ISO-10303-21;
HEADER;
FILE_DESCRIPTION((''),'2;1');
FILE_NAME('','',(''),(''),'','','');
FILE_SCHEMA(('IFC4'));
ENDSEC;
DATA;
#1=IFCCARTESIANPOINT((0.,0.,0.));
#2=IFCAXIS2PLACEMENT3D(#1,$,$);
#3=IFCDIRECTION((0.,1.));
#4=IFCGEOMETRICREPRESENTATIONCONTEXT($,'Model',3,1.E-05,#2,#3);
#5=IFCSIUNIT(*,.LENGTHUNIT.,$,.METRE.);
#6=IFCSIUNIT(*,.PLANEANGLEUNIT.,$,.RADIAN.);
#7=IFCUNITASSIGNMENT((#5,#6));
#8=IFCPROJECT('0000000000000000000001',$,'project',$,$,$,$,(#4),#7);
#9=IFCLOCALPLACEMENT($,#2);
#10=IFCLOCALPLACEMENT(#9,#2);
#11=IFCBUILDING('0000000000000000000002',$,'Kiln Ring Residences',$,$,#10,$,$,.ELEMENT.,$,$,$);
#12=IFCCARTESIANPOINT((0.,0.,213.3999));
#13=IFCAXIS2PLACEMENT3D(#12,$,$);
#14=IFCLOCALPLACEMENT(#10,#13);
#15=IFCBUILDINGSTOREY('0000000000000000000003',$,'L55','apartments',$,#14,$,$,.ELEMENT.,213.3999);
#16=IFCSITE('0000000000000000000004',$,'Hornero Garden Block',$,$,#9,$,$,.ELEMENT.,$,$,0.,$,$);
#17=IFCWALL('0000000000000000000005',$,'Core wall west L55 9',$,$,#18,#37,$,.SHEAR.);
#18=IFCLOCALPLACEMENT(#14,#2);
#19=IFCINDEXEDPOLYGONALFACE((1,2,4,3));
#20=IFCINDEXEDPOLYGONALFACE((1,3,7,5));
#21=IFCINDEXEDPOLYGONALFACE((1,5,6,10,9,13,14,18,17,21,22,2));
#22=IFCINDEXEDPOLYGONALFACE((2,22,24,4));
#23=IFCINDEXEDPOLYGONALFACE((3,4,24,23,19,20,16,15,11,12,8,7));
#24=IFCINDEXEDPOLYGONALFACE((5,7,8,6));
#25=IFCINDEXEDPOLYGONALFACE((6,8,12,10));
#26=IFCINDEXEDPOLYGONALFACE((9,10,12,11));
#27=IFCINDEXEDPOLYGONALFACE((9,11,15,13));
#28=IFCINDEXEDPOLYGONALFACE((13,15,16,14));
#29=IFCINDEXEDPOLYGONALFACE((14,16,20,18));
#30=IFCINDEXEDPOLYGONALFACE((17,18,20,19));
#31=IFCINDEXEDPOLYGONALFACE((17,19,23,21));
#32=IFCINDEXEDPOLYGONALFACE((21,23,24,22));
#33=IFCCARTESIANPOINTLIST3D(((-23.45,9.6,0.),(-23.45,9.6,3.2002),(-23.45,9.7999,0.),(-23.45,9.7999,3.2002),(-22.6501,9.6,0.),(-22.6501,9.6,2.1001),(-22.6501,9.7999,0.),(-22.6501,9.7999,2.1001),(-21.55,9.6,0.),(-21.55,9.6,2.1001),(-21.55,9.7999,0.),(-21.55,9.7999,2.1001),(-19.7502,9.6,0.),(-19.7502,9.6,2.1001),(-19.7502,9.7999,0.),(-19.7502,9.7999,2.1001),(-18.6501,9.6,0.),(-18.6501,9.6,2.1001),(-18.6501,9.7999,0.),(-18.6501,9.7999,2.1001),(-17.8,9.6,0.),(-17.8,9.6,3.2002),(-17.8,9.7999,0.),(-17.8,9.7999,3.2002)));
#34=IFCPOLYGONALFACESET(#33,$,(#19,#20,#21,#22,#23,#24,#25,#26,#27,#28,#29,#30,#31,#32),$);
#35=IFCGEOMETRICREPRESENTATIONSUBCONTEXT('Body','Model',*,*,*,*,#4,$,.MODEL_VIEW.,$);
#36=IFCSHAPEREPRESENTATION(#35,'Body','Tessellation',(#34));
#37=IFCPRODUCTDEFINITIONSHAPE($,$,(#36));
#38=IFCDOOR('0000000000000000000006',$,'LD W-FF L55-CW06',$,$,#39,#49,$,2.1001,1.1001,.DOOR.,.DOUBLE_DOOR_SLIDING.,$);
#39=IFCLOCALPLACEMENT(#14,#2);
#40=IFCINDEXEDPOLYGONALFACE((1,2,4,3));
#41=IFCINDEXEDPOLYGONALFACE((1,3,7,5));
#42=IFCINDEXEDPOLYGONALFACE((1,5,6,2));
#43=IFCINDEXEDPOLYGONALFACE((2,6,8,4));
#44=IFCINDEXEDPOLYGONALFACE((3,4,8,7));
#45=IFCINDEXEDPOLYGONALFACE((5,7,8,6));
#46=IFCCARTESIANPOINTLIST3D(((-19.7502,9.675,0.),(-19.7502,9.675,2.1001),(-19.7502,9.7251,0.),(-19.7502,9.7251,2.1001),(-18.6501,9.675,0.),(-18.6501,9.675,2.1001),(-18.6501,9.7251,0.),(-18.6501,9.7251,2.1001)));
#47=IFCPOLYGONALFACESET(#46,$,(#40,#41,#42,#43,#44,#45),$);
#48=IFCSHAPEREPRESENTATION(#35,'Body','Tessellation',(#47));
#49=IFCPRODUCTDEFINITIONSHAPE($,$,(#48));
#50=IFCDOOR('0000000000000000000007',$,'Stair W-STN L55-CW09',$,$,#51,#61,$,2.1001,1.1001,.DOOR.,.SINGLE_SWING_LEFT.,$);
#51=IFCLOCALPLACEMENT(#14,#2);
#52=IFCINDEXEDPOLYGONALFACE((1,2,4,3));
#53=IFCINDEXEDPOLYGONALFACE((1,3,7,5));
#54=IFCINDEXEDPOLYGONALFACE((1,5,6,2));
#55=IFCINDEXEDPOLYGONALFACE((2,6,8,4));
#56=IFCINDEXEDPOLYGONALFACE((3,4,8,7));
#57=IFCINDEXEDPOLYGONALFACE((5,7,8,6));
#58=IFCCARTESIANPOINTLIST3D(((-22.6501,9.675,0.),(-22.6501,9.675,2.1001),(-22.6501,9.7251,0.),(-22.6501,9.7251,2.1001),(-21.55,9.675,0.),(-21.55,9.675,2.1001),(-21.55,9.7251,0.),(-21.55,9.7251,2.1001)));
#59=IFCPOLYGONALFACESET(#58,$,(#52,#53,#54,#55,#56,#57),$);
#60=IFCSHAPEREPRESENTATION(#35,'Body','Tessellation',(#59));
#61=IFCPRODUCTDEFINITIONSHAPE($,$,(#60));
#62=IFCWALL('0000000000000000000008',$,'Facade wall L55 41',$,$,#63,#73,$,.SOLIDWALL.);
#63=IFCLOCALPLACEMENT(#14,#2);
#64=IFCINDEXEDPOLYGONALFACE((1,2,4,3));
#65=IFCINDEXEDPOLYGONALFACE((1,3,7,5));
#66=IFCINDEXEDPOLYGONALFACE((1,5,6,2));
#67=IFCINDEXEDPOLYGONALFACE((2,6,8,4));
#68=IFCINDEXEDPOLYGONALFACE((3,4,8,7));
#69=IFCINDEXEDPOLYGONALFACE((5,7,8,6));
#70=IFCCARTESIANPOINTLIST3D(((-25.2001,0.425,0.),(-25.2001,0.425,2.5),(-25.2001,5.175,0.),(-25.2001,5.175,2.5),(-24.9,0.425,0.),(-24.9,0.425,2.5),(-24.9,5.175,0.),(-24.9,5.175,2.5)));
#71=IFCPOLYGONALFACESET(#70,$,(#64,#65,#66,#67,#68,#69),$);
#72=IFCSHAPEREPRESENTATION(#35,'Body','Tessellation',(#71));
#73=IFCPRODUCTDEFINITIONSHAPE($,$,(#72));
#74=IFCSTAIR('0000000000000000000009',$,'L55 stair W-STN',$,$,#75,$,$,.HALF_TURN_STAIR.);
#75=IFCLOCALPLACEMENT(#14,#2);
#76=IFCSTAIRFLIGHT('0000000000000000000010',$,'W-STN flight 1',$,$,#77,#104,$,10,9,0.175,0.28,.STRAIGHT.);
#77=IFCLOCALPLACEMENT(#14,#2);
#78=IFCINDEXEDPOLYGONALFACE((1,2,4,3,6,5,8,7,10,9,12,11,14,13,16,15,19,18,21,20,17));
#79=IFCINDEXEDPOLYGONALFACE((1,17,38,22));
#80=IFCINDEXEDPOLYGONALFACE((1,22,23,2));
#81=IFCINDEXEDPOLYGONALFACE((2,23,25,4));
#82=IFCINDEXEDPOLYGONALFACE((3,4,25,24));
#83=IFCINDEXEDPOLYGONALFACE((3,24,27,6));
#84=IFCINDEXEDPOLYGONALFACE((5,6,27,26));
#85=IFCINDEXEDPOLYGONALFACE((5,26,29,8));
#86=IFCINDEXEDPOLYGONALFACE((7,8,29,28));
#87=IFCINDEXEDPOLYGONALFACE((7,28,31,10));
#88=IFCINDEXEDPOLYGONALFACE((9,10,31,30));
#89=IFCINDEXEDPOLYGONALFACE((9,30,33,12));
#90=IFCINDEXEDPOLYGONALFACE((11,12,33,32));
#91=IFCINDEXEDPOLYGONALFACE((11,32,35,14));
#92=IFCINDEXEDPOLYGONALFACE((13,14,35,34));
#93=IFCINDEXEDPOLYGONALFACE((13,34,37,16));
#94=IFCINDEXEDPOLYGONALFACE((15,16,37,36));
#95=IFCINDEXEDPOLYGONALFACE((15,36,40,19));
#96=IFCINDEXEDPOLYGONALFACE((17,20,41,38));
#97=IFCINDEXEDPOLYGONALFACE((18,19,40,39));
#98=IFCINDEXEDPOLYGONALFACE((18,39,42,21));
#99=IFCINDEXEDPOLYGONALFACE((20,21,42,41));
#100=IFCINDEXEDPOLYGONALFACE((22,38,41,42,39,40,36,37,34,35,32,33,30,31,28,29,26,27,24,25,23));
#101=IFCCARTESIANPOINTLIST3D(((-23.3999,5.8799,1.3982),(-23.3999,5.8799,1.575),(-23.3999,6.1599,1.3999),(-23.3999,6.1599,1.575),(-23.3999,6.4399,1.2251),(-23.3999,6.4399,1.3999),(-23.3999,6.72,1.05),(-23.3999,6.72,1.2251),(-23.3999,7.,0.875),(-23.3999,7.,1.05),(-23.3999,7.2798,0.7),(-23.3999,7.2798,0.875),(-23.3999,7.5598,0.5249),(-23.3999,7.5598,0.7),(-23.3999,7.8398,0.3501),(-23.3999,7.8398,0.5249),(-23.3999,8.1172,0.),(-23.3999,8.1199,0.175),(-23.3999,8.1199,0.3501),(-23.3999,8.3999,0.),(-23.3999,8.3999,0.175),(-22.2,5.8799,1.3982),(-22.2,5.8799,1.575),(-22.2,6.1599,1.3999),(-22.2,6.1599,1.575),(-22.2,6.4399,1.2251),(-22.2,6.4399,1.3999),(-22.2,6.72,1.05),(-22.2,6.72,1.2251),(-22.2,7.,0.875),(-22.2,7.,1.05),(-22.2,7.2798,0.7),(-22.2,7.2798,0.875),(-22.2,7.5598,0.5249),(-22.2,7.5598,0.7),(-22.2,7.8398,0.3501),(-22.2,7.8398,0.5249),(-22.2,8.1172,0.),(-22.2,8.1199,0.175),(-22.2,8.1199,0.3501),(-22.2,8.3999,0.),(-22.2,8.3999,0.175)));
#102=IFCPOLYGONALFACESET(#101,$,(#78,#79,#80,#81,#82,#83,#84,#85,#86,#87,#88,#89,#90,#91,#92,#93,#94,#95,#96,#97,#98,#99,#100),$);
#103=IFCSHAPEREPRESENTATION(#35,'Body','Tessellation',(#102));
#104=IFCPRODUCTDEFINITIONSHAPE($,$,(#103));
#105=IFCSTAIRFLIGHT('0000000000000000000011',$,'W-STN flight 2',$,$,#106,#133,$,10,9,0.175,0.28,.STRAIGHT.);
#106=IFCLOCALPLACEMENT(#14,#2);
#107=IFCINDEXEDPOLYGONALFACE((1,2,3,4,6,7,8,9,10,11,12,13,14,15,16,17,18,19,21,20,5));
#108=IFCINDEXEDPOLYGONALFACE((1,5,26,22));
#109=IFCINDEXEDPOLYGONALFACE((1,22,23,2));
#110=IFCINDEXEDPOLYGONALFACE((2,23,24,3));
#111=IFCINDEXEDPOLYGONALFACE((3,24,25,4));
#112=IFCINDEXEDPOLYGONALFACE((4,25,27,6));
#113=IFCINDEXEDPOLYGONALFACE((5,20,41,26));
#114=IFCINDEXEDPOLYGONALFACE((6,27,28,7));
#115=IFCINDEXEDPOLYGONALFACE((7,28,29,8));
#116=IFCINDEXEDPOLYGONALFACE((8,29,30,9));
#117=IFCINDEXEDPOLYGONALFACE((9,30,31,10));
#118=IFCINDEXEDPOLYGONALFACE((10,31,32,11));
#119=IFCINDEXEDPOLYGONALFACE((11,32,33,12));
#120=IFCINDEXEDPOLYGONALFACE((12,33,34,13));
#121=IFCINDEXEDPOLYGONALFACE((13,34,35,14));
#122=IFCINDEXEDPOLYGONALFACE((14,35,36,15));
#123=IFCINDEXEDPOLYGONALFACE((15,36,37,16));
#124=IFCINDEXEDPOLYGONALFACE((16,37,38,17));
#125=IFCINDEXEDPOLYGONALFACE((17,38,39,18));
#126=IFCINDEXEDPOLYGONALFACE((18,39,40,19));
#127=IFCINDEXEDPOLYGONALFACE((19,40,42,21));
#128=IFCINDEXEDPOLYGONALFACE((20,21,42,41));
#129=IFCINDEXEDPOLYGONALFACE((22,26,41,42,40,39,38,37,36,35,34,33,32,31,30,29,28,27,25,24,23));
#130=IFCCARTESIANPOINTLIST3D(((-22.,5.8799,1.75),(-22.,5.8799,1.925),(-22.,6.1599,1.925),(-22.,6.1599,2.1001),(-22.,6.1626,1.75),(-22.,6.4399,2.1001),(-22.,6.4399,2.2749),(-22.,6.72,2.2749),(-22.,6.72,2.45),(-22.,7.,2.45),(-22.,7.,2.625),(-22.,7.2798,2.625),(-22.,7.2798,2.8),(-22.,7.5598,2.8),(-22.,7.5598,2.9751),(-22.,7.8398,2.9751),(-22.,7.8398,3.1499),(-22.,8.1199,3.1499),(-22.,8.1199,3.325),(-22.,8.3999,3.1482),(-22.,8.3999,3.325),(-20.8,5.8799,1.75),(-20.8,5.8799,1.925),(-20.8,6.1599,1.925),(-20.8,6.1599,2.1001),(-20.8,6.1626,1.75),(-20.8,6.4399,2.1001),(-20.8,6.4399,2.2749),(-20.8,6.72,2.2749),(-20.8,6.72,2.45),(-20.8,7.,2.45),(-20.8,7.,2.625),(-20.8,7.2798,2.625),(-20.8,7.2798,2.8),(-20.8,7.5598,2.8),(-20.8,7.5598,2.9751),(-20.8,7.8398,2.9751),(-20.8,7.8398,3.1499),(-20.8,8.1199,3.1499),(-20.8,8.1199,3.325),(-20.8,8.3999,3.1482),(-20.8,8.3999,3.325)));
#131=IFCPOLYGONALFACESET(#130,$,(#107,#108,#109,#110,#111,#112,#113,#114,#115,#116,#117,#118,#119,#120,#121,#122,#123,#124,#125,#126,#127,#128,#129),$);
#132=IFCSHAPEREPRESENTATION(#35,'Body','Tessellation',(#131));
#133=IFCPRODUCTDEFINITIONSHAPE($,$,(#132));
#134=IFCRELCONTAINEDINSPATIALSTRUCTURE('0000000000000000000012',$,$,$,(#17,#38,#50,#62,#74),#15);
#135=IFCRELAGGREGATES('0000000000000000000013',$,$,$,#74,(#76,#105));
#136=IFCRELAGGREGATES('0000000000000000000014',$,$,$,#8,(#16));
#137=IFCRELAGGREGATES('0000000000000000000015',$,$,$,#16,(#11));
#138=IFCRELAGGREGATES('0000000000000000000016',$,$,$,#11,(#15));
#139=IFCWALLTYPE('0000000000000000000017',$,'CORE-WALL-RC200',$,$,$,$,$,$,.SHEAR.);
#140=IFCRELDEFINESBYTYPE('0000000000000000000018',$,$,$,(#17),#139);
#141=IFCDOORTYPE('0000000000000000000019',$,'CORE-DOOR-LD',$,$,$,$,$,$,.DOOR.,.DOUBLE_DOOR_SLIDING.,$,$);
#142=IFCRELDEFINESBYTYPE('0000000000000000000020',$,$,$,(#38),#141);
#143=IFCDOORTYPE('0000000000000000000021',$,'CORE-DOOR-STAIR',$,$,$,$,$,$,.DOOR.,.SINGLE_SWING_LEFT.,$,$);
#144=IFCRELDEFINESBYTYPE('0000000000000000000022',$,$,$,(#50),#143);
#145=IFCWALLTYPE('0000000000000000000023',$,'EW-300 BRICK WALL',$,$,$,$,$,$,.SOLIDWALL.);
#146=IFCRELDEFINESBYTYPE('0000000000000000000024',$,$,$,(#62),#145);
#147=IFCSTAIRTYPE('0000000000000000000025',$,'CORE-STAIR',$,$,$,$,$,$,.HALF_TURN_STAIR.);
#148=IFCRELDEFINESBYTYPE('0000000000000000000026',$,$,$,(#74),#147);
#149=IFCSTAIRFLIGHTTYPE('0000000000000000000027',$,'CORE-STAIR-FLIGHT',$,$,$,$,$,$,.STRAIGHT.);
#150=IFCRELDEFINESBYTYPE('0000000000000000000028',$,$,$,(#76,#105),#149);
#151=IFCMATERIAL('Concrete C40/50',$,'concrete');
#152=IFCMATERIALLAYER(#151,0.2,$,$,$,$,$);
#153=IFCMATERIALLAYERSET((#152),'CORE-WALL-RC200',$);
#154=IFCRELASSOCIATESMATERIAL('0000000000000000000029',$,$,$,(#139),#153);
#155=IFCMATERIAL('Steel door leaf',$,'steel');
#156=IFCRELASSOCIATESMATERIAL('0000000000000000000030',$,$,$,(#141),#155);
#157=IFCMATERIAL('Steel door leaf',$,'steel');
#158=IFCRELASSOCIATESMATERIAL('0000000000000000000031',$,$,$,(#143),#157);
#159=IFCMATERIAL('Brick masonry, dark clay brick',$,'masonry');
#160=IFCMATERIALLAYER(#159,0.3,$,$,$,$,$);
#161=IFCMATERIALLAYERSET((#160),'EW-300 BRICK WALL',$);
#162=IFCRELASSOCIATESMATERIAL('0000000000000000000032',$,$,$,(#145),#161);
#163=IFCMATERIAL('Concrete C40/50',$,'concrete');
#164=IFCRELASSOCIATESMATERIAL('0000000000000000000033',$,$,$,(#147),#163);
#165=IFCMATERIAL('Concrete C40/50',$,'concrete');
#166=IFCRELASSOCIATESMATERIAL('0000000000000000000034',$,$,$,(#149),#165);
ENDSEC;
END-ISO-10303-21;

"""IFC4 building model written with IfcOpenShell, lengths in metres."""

from ifc_helpers import new_model, si_unit, direction, frame, frame_2d, origin, place, context, subcontext, project, spatial, polyline, rectangle, outline, extrude, material, layer, layer_set, type_object, element, fill, aggregate, save


model = new_model("IFC4")

# Units and contexts
model_context = context("Model", 3, precision=1e-05, world=origin(), true_north=direction((0.0, 1.0)))
body_context = subcontext(model_context, "Body", "Model", "MODEL_VIEW")
ifc_project = project(units=[si_unit("LENGTHUNIT", "METRE"), si_unit("PLANEANGLEUNIT", "RADIAN")], contexts=[model_context])

# Site, building, storey
site_placement = place(None, origin())
site = spatial("IfcSite", under=ifc_project, at=site_placement, Name="Hornero Garden Block", CompositionType="ELEMENT", RefElevation=0.0)
building_placement = place(site_placement, origin())
building = spatial("IfcBuilding", under=site, at=building_placement, Name="Kiln Ring Residences", CompositionType="ELEMENT")
storey_placement = place(building_placement, frame((0.0, 0.0, 213.3999)))
storey = spatial("IfcBuildingStorey", under=building, at=storey_placement, Name="L55", Description="apartments", CompositionType="ELEMENT", Elevation=213.3999)

# Shared definitions
ifc_material_1 = material(Name="Concrete C40/50", Category="concrete")
ifc_layer_1 = layer(ifc_material_1, 0.2)
ifc_layer_set_1 = layer_set([ifc_layer_1], Name="CORE-WALL-RC200")
wall_type_1 = type_object("IfcWallType", Name="CORE-WALL-RC200", PredefinedType="SHEAR", material=ifc_layer_set_1)

# Wall, openings, doors
wall_1_placement = place(storey_placement, frame((-17.8, 9.7, 0.0), z_axis=(0.0, 0.0, 1.0), x_axis=(-1.0, 0.0, 0.0)))
wall_1 = element("IfcWall", 1, at=wall_1_placement, inside=storey, type_object=wall_type_1, Name="Core wall west L55 9", PredefinedType="SHEAR", context=body_context, shape_type="SweptSolid", body=[
    extrude(rectangle(XDim=5.6499, YDim=0.2, at=frame_2d((2.825, 0.0))), origin(), (0.0, 0.0, 1.0), 3.2002),
])
opening_1_placement = place(wall_1_placement, frame((0.8501, 0.0, 0.0)))
opening_1 = element("IfcOpeningElement", 2, at=opening_1_placement, cuts=wall_1, PredefinedType="OPENING", context=body_context, shape_type="SweptSolid", body=[
    extrude(rectangle(XDim=1.1001, YDim=2.1001, at=frame_2d((0.55, 1.05))), frame((0.0, 0.1099, 0.0), z_axis=(0.0, -1.0, 0.0), x_axis=(1.0, 0.0, 0.0)), (0.0, 0.0, 1.0), 0.22),
])
opening_2_placement = place(wall_1_placement, frame((3.75, 0.0, 0.0)))
opening_2 = element("IfcOpeningElement", 3, at=opening_2_placement, cuts=wall_1, PredefinedType="OPENING", context=body_context, shape_type="SweptSolid", body=[
    extrude(rectangle(XDim=1.1001, YDim=2.1001, at=frame_2d((0.55, 1.05))), frame((0.0, 0.1099, 0.0), z_axis=(0.0, -1.0, 0.0), x_axis=(1.0, 0.0, 0.0)), (0.0, 0.0, 1.0), 0.22),
])
ifc_material_2 = material(Name="Steel door leaf", Category="steel")
door_type_1 = type_object("IfcDoorType", Name="CORE-DOOR-LD", OperationType="DOUBLE_DOOR_SLIDING", PredefinedType="DOOR", material=ifc_material_2)
door_1_placement = place(opening_1_placement, origin())
door_1 = element("IfcDoor", 4, at=door_1_placement, inside=storey, type_object=door_type_1, Name="LD W-FF L55-CW06", OperationType="DOUBLE_DOOR_SLIDING", OverallHeight=2.1001, OverallWidth=1.1001, PredefinedType="DOOR", context=body_context, shape_type="SweptSolid", body=[
    extrude(rectangle(XDim=1.1001, YDim=2.1001, at=frame_2d((0.55, 1.05))), frame((0.0, 0.0249, 0.0), z_axis=(0.0, -1.0, 0.0), x_axis=(1.0, 0.0, 0.0)), (0.0, 0.0, 1.0), 0.05),
])
fill(opening_1, door_1)
ifc_material_3 = material(Name="Steel door leaf", Category="steel")
door_type_2 = type_object("IfcDoorType", Name="CORE-DOOR-STAIR", OperationType="SINGLE_SWING_LEFT", PredefinedType="DOOR", material=ifc_material_3)
door_2_placement = place(opening_2_placement, origin())
door_2 = element("IfcDoor", 5, at=door_2_placement, inside=storey, type_object=door_type_2, Name="Stair W-STN L55-CW09", OperationType="SINGLE_SWING_LEFT", OverallHeight=2.1001, OverallWidth=1.1001, PredefinedType="DOOR", context=body_context, shape_type="SweptSolid", body=[
    extrude(rectangle(XDim=1.1001, YDim=2.1001, at=frame_2d((0.55, 1.05))), frame((0.0, 0.0249, 0.0), z_axis=(0.0, -1.0, 0.0), x_axis=(1.0, 0.0, 0.0)), (0.0, 0.0, 1.0), 0.05),
])
fill(opening_2, door_2)

# Wall
ifc_material_4 = material(Name="Brick masonry, dark clay brick", Category="masonry")
ifc_layer_2 = layer(ifc_material_4, 0.3)
ifc_layer_set_2 = layer_set([ifc_layer_2], Name="EW-300 BRICK WALL")
wall_type_2 = type_object("IfcWallType", Name="EW-300 BRICK WALL", PredefinedType="SOLIDWALL", material=ifc_layer_set_2)
wall_2_placement = place(storey_placement, frame((-25.05, 5.175, 0.0), z_axis=(0.0, 0.0, 1.0), x_axis=(0.0, -1.0, 0.0)))
element("IfcWall", 6, at=wall_2_placement, inside=storey, type_object=wall_type_2, Name="Facade wall L55 41", PredefinedType="SOLIDWALL", context=body_context, shape_type="SweptSolid", body=[
    extrude(rectangle(XDim=4.75, YDim=0.3, at=frame_2d((2.375, 0.0))), origin(), (0.0, 0.0, 1.0), 2.5),
])

# Stair, stair flights
ifc_material_5 = material(Name="Concrete C40/50", Category="concrete")
stair_type = type_object("IfcStairType", Name="CORE-STAIR", PredefinedType="HALF_TURN_STAIR", material=ifc_material_5)
stair_placement = place(storey_placement, origin())
stair = element("IfcStair", 7, at=stair_placement, inside=storey, type_object=stair_type, Name="L55 stair W-STN", PredefinedType="HALF_TURN_STAIR")
ifc_material_6 = material(Name="Concrete C40/50", Category="concrete")
stair_flight_type = type_object("IfcStairFlightType", Name="CORE-STAIR-FLIGHT", PredefinedType="STRAIGHT", material=ifc_material_6)
stair_flight_1_placement = place(storey_placement, frame((-22.8, 8.3999, 0.0), z_axis=(0.0, 0.0, 1.0), x_axis=(0.0, -1.0, 0.0)))
stair_flight_1 = element("IfcStairFlight", 8, at=stair_flight_1_placement, type_object=stair_flight_type, Name="W-STN flight 1", NumberOfRisers=10, NumberOfTreads=9, PredefinedType="STRAIGHT", RiserHeight=0.175, TreadLength=0.28, context=body_context, shape_type="SweptSolid", body=[
    extrude(outline(polyline([(0.0, 0.0), (0.0, 0.175), (0.28, 0.175), (0.28, 0.3501), (0.5601, 0.3501), (0.5601, 0.5249), (0.8401, 0.5249), (0.8401, 0.7), (1.1201, 0.7), (1.1201, 0.875), (1.3999, 0.875), (1.3999, 1.05), (1.6799, 1.05), (1.6799, 1.2251), (1.96, 1.2251), (1.96, 1.3999), (2.24, 1.3999), (2.24, 1.575), (2.52, 1.575), (2.52, 1.75), (2.52, 1.3982), (0.2827, 0.0), (0.0, 0.0)])), frame((0.0, 0.6001, 0.0), z_axis=(0.0, -1.0, 0.0), x_axis=(1.0, 0.0, 0.0)), (0.0, 0.0, 1.0), 1.2),
])
stair_flight_2_placement = place(storey_placement, frame((-21.3999, 5.8799, 1.75), z_axis=(0.0, 0.0, 1.0), x_axis=(0.0, 1.0, 0.0)))
stair_flight_2 = element("IfcStairFlight", 9, at=stair_flight_2_placement, type_object=stair_flight_type, Name="W-STN flight 2", NumberOfRisers=10, NumberOfTreads=9, PredefinedType="STRAIGHT", RiserHeight=0.175, TreadLength=0.28, context=body_context, shape_type="SweptSolid", body=[
    extrude(outline(polyline([(0.0, 0.0), (0.0, 0.175), (0.28, 0.175), (0.28, 0.3501), (0.5601, 0.3501), (0.5601, 0.5249), (0.8401, 0.5249), (0.8401, 0.7), (1.1201, 0.7), (1.1201, 0.875), (1.3999, 0.875), (1.3999, 1.05), (1.6799, 1.05), (1.6799, 1.2251), (1.96, 1.2251), (1.96, 1.3999), (2.24, 1.3999), (2.24, 1.575), (2.52, 1.575), (2.52, 1.75), (2.52, 1.3982), (0.2827, 0.0), (0.0, 0.0)])), frame((0.0, 0.6001, 0.0), z_axis=(0.0, -1.0, 0.0), x_axis=(1.0, 0.0, 0.0)), (0.0, 0.0, 1.0), 1.2),
])
aggregate(stair, [stair_flight_1, stair_flight_2])

save(model, "model.ifc")
